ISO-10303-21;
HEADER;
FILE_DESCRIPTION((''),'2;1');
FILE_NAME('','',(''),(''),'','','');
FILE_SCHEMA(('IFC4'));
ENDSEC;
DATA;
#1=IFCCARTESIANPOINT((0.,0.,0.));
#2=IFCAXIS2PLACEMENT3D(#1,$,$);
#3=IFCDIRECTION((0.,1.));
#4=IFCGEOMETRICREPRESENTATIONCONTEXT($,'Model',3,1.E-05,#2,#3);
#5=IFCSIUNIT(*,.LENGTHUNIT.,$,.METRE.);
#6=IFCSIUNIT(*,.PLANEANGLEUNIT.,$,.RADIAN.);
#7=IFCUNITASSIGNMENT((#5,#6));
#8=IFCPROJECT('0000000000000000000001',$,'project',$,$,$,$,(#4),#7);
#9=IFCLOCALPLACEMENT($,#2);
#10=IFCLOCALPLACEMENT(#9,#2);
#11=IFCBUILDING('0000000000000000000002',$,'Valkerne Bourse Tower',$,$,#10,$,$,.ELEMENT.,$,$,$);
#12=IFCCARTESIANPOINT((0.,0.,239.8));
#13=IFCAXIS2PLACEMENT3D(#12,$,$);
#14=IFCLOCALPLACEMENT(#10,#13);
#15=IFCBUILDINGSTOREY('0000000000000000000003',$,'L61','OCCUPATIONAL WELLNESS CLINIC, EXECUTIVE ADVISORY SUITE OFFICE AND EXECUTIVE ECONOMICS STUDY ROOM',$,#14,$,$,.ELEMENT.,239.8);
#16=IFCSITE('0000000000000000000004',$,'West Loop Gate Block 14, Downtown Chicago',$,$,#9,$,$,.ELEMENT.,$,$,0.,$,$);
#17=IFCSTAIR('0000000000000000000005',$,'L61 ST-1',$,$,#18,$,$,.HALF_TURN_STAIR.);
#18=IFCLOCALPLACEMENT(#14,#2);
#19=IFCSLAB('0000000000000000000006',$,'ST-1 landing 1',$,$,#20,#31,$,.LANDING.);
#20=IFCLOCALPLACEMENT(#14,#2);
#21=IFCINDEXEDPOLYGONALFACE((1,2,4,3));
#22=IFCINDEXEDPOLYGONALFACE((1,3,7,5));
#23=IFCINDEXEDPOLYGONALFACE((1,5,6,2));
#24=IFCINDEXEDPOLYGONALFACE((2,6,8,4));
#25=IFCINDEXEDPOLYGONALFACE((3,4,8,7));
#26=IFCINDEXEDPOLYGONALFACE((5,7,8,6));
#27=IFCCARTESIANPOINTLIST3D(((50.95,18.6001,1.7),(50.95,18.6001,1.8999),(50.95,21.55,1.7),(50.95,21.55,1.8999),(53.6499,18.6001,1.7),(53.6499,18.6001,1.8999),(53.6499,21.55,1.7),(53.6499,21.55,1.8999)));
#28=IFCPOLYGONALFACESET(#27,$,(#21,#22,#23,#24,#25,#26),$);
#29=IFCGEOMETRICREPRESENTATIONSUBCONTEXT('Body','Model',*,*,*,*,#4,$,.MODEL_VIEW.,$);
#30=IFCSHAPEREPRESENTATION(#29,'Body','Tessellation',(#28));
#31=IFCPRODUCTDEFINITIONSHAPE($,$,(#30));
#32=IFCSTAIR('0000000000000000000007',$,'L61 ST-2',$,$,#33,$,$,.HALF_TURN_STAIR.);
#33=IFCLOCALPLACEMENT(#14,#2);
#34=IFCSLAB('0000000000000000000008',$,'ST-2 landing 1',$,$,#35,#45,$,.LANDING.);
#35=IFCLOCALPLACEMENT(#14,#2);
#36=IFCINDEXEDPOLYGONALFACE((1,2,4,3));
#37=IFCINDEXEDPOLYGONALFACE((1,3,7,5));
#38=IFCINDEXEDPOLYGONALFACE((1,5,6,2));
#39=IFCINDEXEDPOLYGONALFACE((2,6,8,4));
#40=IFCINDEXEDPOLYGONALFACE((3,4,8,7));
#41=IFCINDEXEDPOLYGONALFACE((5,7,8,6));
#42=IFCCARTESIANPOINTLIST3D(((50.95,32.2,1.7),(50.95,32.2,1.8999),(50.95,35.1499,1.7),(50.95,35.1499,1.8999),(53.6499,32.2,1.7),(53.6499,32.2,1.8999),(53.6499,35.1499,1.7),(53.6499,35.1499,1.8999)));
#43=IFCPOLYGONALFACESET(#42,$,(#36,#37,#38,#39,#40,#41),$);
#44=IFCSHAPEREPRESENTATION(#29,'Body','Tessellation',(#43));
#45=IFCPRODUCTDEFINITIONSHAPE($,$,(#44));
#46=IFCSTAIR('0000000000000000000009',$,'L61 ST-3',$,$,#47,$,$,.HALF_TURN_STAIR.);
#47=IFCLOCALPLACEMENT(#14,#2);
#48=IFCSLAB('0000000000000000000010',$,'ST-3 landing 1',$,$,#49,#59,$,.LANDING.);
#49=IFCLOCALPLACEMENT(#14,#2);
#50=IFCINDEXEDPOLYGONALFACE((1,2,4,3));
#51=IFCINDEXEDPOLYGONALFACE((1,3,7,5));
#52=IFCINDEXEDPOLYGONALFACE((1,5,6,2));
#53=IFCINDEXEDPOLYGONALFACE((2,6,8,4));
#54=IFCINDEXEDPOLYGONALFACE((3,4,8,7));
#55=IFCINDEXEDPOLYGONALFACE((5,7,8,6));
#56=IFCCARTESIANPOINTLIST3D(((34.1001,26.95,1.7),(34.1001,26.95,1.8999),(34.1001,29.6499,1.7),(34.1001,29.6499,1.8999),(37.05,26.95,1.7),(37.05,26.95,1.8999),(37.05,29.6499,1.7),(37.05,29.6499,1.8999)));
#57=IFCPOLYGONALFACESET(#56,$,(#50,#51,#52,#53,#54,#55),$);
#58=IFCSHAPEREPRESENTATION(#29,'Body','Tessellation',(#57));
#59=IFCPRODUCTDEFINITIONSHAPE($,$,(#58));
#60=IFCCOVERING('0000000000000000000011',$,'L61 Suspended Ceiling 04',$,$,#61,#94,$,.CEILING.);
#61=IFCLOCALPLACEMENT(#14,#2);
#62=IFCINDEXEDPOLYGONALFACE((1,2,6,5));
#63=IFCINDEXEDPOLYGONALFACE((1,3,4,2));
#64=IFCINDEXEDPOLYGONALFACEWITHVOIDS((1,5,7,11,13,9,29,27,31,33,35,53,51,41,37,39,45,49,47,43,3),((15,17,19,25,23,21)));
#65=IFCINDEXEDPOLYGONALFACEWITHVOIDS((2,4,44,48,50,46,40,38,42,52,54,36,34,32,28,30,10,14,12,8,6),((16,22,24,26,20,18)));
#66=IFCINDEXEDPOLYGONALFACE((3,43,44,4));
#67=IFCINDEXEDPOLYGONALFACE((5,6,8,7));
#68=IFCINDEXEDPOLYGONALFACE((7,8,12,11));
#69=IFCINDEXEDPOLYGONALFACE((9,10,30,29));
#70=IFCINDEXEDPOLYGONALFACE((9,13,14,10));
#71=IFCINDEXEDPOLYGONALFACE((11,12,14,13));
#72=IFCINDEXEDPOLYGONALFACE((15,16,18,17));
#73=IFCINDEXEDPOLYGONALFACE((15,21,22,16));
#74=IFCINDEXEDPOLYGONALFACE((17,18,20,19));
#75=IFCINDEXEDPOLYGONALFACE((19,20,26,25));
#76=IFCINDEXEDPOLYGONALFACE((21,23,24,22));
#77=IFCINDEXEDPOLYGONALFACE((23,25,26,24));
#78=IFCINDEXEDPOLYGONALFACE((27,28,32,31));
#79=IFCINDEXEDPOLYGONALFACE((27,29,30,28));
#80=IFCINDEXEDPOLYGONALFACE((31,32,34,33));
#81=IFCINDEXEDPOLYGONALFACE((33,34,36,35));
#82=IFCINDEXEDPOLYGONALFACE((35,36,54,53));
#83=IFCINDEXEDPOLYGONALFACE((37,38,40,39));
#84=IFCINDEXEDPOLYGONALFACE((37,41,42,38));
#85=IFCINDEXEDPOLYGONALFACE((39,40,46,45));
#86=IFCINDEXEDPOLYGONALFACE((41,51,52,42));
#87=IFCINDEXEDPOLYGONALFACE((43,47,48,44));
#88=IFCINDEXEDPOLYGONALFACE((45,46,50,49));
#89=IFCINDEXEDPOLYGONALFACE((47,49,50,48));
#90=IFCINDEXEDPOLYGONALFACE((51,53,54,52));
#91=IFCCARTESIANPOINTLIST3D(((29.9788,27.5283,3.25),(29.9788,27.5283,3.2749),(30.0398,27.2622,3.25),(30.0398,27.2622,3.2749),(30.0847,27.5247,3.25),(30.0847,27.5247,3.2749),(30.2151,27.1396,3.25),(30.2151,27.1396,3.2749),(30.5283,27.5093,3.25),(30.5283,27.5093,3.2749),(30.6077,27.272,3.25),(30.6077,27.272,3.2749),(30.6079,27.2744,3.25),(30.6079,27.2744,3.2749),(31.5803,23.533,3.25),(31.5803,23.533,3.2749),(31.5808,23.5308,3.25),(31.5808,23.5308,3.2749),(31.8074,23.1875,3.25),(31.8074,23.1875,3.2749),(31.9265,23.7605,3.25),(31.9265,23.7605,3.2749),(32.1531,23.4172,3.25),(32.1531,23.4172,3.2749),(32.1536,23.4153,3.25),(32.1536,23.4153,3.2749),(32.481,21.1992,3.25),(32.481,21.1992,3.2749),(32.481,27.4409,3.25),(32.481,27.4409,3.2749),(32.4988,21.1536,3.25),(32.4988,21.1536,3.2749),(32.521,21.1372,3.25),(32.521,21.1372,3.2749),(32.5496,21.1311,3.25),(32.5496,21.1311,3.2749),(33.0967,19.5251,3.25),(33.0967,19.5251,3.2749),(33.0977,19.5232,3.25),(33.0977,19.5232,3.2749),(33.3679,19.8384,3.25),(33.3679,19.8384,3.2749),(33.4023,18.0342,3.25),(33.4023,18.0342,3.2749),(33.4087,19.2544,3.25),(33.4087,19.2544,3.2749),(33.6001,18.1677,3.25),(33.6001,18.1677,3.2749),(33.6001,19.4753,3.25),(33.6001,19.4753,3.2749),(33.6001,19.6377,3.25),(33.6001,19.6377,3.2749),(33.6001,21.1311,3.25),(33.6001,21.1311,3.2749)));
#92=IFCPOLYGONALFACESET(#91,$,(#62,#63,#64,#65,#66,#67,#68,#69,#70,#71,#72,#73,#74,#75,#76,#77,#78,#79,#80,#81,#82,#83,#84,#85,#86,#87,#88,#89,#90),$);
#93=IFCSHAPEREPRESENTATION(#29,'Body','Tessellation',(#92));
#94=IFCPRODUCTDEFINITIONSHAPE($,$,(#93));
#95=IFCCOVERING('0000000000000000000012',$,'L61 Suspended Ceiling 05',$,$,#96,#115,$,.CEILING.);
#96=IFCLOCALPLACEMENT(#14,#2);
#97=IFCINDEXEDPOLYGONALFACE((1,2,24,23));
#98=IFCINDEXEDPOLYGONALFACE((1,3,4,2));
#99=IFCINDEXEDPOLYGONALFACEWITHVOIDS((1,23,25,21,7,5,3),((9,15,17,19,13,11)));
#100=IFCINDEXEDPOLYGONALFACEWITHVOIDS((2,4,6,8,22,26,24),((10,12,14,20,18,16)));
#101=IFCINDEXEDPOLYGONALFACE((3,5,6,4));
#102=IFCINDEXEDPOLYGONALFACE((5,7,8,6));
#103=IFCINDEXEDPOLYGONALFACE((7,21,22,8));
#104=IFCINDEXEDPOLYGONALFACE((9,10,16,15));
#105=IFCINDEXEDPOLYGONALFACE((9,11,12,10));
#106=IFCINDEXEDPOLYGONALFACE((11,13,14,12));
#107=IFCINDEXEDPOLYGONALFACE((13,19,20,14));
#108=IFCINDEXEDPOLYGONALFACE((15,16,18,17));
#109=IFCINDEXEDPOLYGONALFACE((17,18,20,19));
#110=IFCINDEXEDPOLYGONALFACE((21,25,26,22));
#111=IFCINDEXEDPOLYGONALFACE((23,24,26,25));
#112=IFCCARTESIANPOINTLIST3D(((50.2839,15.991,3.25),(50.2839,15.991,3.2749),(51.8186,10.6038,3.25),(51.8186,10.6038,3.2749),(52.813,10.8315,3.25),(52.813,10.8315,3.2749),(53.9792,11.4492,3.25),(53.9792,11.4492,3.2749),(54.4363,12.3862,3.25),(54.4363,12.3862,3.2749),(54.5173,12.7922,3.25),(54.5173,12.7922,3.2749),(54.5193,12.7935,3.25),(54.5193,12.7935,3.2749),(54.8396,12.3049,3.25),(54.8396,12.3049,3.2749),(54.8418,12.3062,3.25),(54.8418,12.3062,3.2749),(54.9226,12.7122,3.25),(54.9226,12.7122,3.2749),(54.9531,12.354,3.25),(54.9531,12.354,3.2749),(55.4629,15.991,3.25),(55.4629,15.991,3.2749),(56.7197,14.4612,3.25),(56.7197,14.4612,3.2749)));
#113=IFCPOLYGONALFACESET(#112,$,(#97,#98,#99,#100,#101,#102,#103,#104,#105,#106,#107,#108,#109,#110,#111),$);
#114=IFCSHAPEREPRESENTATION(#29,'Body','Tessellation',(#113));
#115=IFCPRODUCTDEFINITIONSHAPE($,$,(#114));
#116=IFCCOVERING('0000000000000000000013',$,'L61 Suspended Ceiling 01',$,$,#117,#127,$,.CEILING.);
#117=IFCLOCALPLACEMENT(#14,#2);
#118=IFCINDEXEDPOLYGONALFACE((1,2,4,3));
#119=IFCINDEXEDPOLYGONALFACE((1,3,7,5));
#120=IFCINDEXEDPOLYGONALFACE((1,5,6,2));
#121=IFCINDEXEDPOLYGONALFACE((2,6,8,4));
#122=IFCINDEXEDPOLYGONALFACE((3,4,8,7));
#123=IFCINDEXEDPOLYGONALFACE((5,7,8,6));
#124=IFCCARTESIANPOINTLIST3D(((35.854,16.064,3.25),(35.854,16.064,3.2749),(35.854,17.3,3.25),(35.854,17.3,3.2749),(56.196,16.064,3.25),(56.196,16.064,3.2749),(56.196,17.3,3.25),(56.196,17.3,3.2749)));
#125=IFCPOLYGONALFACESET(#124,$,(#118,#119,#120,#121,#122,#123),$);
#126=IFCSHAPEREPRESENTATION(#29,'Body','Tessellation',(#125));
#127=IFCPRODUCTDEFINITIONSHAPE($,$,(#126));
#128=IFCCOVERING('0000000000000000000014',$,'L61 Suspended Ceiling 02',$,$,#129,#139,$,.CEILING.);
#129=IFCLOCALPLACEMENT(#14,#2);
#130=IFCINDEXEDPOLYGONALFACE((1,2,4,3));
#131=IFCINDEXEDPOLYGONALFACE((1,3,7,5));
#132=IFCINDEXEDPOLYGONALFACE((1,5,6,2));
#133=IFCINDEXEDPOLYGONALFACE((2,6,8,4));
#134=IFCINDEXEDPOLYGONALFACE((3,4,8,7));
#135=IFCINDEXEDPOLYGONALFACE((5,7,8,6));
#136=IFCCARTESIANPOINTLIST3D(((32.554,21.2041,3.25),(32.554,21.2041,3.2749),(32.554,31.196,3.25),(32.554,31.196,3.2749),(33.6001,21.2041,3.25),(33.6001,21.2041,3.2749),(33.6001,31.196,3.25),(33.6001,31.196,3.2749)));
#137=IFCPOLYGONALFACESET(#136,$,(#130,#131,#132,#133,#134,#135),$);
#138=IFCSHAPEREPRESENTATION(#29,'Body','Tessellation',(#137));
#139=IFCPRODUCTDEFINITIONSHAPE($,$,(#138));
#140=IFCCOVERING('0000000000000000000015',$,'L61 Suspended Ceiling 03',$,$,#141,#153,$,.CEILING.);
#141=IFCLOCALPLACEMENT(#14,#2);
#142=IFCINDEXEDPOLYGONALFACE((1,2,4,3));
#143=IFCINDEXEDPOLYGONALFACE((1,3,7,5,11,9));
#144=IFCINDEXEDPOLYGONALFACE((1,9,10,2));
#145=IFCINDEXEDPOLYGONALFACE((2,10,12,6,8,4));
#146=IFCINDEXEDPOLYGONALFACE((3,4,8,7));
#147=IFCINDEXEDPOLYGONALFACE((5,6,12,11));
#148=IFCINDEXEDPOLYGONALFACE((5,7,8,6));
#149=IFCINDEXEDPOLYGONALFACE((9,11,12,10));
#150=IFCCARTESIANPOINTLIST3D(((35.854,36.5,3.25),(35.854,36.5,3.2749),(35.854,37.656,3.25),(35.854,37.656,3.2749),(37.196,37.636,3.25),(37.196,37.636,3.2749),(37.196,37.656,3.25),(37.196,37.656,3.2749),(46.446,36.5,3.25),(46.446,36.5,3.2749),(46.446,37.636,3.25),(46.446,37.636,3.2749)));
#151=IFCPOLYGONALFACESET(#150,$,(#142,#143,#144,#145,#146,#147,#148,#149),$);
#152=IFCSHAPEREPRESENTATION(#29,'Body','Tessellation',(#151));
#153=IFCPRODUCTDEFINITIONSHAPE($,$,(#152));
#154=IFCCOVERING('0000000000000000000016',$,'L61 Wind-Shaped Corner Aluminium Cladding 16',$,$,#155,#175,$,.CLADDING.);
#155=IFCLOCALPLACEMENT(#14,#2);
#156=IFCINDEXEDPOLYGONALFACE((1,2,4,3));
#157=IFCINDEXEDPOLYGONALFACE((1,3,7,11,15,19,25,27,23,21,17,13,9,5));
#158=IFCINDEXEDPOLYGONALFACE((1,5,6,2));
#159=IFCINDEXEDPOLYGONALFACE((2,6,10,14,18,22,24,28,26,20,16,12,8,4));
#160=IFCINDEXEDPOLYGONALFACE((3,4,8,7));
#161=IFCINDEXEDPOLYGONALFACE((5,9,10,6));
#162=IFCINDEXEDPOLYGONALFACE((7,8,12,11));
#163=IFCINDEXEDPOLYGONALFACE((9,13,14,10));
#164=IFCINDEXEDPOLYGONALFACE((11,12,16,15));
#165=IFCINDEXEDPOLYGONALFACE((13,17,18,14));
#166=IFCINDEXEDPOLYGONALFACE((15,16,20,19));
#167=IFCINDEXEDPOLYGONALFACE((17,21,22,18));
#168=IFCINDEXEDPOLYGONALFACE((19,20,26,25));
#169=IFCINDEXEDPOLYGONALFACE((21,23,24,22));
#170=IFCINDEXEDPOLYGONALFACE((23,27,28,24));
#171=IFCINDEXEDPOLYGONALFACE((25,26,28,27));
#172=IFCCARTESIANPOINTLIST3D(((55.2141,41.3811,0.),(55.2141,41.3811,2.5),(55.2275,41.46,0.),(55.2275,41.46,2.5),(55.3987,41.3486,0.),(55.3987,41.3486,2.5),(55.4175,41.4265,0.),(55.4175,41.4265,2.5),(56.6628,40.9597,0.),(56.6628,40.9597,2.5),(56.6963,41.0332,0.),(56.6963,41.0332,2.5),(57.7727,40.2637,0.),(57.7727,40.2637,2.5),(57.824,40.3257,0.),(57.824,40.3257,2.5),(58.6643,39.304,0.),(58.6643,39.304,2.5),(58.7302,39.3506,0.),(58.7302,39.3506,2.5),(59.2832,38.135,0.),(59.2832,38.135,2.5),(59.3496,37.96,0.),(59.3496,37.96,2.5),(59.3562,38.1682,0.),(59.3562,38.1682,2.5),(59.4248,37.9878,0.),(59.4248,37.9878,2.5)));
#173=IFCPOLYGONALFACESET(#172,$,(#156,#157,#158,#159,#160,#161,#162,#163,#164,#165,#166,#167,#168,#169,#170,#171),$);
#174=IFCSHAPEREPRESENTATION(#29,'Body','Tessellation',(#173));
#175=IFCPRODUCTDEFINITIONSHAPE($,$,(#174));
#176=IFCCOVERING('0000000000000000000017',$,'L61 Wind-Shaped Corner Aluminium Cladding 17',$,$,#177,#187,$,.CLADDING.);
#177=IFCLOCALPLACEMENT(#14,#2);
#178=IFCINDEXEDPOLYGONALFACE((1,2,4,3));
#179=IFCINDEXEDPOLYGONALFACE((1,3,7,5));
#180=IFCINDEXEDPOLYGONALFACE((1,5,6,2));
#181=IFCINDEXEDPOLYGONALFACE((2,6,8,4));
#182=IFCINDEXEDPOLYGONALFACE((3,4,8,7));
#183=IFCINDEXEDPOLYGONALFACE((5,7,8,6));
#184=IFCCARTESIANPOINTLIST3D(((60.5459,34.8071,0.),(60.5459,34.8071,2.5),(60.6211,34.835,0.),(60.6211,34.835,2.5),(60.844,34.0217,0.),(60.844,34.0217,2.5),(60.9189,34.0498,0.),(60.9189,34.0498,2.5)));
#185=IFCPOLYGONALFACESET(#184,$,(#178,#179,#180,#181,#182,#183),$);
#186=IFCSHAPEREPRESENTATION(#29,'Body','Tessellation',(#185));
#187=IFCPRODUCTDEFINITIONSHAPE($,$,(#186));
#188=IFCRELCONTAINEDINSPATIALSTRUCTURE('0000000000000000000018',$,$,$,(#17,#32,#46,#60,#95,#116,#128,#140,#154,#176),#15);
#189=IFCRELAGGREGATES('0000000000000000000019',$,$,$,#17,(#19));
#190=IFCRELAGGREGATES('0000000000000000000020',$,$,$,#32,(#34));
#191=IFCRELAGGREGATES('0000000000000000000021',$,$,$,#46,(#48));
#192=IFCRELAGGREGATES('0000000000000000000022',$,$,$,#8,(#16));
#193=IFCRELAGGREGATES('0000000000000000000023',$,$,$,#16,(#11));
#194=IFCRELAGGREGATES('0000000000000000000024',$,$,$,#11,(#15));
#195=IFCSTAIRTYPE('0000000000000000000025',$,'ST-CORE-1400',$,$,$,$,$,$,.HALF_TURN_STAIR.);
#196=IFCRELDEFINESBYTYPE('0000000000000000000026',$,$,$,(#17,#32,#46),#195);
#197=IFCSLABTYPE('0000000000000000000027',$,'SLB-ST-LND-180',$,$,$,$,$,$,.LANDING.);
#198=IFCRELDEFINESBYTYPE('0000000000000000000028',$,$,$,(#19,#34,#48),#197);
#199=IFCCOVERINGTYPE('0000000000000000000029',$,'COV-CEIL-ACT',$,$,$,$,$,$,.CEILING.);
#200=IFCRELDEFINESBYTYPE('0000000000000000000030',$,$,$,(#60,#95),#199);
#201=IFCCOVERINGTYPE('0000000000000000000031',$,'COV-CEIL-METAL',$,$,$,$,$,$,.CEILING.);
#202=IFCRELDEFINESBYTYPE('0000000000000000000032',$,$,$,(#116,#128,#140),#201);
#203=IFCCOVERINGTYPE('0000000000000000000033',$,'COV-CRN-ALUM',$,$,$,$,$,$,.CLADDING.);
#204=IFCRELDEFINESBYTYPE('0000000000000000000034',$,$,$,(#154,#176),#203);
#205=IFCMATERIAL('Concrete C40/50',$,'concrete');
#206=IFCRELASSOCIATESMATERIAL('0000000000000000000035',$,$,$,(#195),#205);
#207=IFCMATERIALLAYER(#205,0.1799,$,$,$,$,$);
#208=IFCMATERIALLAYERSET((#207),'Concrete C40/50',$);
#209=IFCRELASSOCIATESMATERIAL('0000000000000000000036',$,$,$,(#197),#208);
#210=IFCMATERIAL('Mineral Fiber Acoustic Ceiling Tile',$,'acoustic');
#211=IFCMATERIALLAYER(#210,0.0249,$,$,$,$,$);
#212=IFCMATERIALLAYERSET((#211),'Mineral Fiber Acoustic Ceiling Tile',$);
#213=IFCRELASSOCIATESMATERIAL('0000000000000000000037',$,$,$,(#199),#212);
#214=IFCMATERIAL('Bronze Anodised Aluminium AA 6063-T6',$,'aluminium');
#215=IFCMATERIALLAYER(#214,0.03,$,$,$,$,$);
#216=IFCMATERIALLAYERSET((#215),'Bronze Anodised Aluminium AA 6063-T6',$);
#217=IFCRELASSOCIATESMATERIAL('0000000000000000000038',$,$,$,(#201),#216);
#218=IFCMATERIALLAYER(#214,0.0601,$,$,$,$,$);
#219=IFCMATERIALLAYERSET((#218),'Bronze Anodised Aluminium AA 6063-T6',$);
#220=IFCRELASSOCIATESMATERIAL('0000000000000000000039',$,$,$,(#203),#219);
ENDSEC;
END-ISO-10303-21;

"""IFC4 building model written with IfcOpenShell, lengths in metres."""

from ifc_helpers import new_model, si_unit, direction, frame, origin, place, context, subcontext, project, spatial, polyline, outline, extrude, material, layer, layer_set, type_object, element, aggregate, save


model = new_model("IFC4")

# Units and contexts
model_context = context("Model", 3, precision=1e-05, world=origin(), true_north=direction((0.0, 1.0)))
body_context = subcontext(model_context, "Body", "Model", "MODEL_VIEW")
ifc_project = project(units=[si_unit("LENGTHUNIT", "METRE"), si_unit("PLANEANGLEUNIT", "RADIAN")], contexts=[model_context])

# Site, building, storey
site_placement = place(None, origin())
site = spatial("IfcSite", under=ifc_project, at=site_placement, Name="West Loop Gate Block 14, Downtown Chicago", CompositionType="ELEMENT", RefElevation=0.0)
building_placement = place(site_placement, origin())
building = spatial("IfcBuilding", under=site, at=building_placement, Name="Valkerne Bourse Tower", CompositionType="ELEMENT")
storey_placement = place(building_placement, frame((0.0, 0.0, 239.8)))
storey = spatial("IfcBuildingStorey", under=building, at=storey_placement, Name="L61", Description="OCCUPATIONAL WELLNESS CLINIC, EXECUTIVE ADVISORY SUITE OFFICE AND EXECUTIVE ECONOMICS STUDY ROOM", CompositionType="ELEMENT", Elevation=239.8)

# Stairs, slabs
ifc_material_1 = material(Name="Concrete C40/50", Category="concrete")
stair_type = type_object("IfcStairType", Name="ST-CORE-1400", PredefinedType="HALF_TURN_STAIR", material=ifc_material_1)
stair_1_placement = place(storey_placement, origin())
stair_1 = element("IfcStair", 1, at=stair_1_placement, inside=storey, type_object=stair_type, Name="L61 ST-1", PredefinedType="HALF_TURN_STAIR")
ifc_layer_1 = layer(ifc_material_1, 0.1799)
ifc_layer_set_1 = layer_set([ifc_layer_1], Name="Concrete C40/50")
slab_type = type_object("IfcSlabType", Name="SLB-ST-LND-180", PredefinedType="LANDING", material=ifc_layer_set_1)
slab_1_placement = place(storey_placement, frame((0.0, 0.0, 1.7)))
slab_1 = element("IfcSlab", 2, at=slab_1_placement, type_object=slab_type, Name="ST-1 landing 1", PredefinedType="LANDING", context=body_context, shape_type="SweptSolid", body=[
    extrude(outline(polyline([(50.95, 18.6001), (53.6499, 18.6001), (53.6499, 21.55), (50.95, 21.55), (50.95, 18.6001)])), origin(), (0.0, 0.0, 1.0), 0.2),
])
aggregate(stair_1, [slab_1])
stair_2_placement = place(storey_placement, origin())
stair_2 = element("IfcStair", 3, at=stair_2_placement, inside=storey, type_object=stair_type, Name="L61 ST-2", PredefinedType="HALF_TURN_STAIR")
slab_2_placement = place(storey_placement, frame((0.0, 0.0, 1.7)))
slab_2 = element("IfcSlab", 4, at=slab_2_placement, type_object=slab_type, Name="ST-2 landing 1", PredefinedType="LANDING", context=body_context, shape_type="SweptSolid", body=[
    extrude(outline(polyline([(50.95, 32.2), (53.6499, 32.2), (53.6499, 35.1499), (50.95, 35.1499), (50.95, 32.2)])), origin(), (0.0, 0.0, 1.0), 0.2),
])
aggregate(stair_2, [slab_2])
stair_3_placement = place(storey_placement, origin())
stair_3 = element("IfcStair", 5, at=stair_3_placement, inside=storey, type_object=stair_type, Name="L61 ST-3", PredefinedType="HALF_TURN_STAIR")
slab_3_placement = place(storey_placement, frame((0.0, 0.0, 1.7)))
slab_3 = element("IfcSlab", 6, at=slab_3_placement, type_object=slab_type, Name="ST-3 landing 1", PredefinedType="LANDING", context=body_context, shape_type="SweptSolid", body=[
    extrude(outline(polyline([(37.05, 26.95), (37.05, 29.6499), (34.1001, 29.6499), (34.1001, 26.95), (37.05, 26.95)])), origin(), (0.0, 0.0, 1.0), 0.2),
])
aggregate(stair_3, [slab_3])

# Coverings
ifc_material_2 = material(Name="Mineral Fiber Acoustic Ceiling Tile", Category="acoustic")
ifc_layer_2 = layer(ifc_material_2, 0.0249)
ifc_layer_set_2 = layer_set([ifc_layer_2], Name="Mineral Fiber Acoustic Ceiling Tile")
covering_type_1 = type_object("IfcCoveringType", Name="COV-CEIL-ACT", PredefinedType="CEILING", material=ifc_layer_set_2)
covering_1_placement = place(storey_placement, frame((0.0, 0.0, 3.25)))
element("IfcCovering", 7, at=covering_1_placement, inside=storey, type_object=covering_type_1, Name="L61 Suspended Ceiling 04", PredefinedType="CEILING", context=body_context, shape_type="SweptSolid", body=[
    extrude(outline(polyline([(30.0847, 27.5247), (30.2151, 27.1396), (30.6077, 27.272), (30.6079, 27.2744), (30.5283, 27.5093), (32.481, 27.4409), (32.481, 21.1992), (32.4988, 21.1536), (32.521, 21.1372), (32.5496, 21.1311), (33.6001, 21.1311), (33.6001, 19.6377), (33.3679, 19.8384), (33.0967, 19.5251), (33.0977, 19.5232), (33.4087, 19.2544), (33.6001, 19.4753), (33.6001, 18.1677), (33.4023, 18.0342), (30.0398, 27.2622), (29.9788, 27.5283), (30.0847, 27.5247)]), holes=[polyline([(32.1531, 23.4172), (31.9265, 23.7605), (31.5803, 23.533), (31.5808, 23.5308), (31.8074, 23.1875), (32.1536, 23.4153), (32.1531, 23.4172)])]), origin(), (0.0, 0.0, 1.0), 0.0249),
])
covering_2_placement = place(storey_placement, frame((0.0, 0.0, 3.25)))
element("IfcCovering", 8, at=covering_2_placement, inside=storey, type_object=covering_type_1, Name="L61 Suspended Ceiling 05", PredefinedType="CEILING", context=body_context, shape_type="SweptSolid", body=[
    extrude(outline(polyline([(52.813, 10.8315), (51.8186, 10.6038), (50.2839, 15.991), (55.4629, 15.991), (56.7197, 14.4612), (54.9531, 12.354), (53.9792, 11.4492), (52.813, 10.8315)]), holes=[polyline([(54.9226, 12.7122), (54.5193, 12.7935), (54.5173, 12.7922), (54.4363, 12.3862), (54.8396, 12.3049), (54.8418, 12.3062), (54.9226, 12.7122)])]), origin(), (0.0, 0.0, 1.0), 0.0249),
])
ifc_material_3 = material(Name="Bronze Anodised Aluminium AA 6063-T6", Category="aluminium")
ifc_layer_3 = layer(ifc_material_3, 0.03)
ifc_layer_set_3 = layer_set([ifc_layer_3], Name="Bronze Anodised Aluminium AA 6063-T6")
covering_type_2 = type_object("IfcCoveringType", Name="COV-CEIL-METAL", PredefinedType="CEILING", material=ifc_layer_set_3)
covering_3_placement = place(storey_placement, frame((0.0, 0.0, 3.25)))
element("IfcCovering", 9, at=covering_3_placement, inside=storey, type_object=covering_type_2, Name="L61 Suspended Ceiling 01", PredefinedType="CEILING", context=body_context, shape_type="SweptSolid", body=[
    extrude(outline(polyline([(35.854, 17.3), (56.196, 17.3), (56.196, 16.064), (35.854, 16.064), (35.854, 17.3)])), origin(), (0.0, 0.0, 1.0), 0.0249),
])
covering_4_placement = place(storey_placement, frame((0.0, 0.0, 3.25)))
element("IfcCovering", 10, at=covering_4_placement, inside=storey, type_object=covering_type_2, Name="L61 Suspended Ceiling 02", PredefinedType="CEILING", context=body_context, shape_type="SweptSolid", body=[
    extrude(outline(polyline([(32.554, 21.2041), (32.554, 31.196), (33.6001, 31.196), (33.6001, 21.2041), (32.554, 21.2041)])), origin(), (0.0, 0.0, 1.0), 0.0249),
])
covering_5_placement = place(storey_placement, frame((0.0, 0.0, 3.25)))
element("IfcCovering", 11, at=covering_5_placement, inside=storey, type_object=covering_type_2, Name="L61 Suspended Ceiling 03", PredefinedType="CEILING", context=body_context, shape_type="SweptSolid", body=[
    extrude(outline(polyline([(35.854, 37.656), (37.196, 37.656), (37.196, 37.636), (46.446, 37.636), (46.446, 36.5), (35.854, 36.5), (35.854, 37.656)])), origin(), (0.0, 0.0, 1.0), 0.0249),
])
ifc_layer_4 = layer(ifc_material_3, 0.0601)
ifc_layer_set_4 = layer_set([ifc_layer_4], Name="Bronze Anodised Aluminium AA 6063-T6")
covering_type_3 = type_object("IfcCoveringType", Name="COV-CRN-ALUM", PredefinedType="CLADDING", material=ifc_layer_set_4)
covering_6_placement = place(storey_placement, origin())
element("IfcCovering", 12, at=covering_6_placement, inside=storey, type_object=covering_type_3, Name="L61 Wind-Shaped Corner Aluminium Cladding 16", PredefinedType="CLADDING", context=body_context, shape_type="SweptSolid", body=[
    extrude(outline(polyline([(55.4175, 41.4265), (56.6963, 41.0332), (57.824, 40.3257), (58.7302, 39.3506), (59.3562, 38.1682), (59.4248, 37.9878), (59.3496, 37.96), (59.2832, 38.135), (58.6643, 39.304), (57.7727, 40.2637), (56.6628, 40.9597), (55.3987, 41.3486), (55.2141, 41.3811), (55.2275, 41.46), (55.4175, 41.4265)])), origin(), (0.0, 0.0, 1.0), 2.5),
])
covering_7_placement = place(storey_placement, origin())
element("IfcCovering", 13, at=covering_7_placement, inside=storey, type_object=covering_type_3, Name="L61 Wind-Shaped Corner Aluminium Cladding 17", PredefinedType="CLADDING", context=body_context, shape_type="SweptSolid", body=[
    extrude(outline(polyline([(60.9189, 34.0498), (60.844, 34.0217), (60.5459, 34.8071), (60.6211, 34.835), (60.9189, 34.0498)])), origin(), (0.0, 0.0, 1.0), 2.5),
])

save(model, "model.ifc")
